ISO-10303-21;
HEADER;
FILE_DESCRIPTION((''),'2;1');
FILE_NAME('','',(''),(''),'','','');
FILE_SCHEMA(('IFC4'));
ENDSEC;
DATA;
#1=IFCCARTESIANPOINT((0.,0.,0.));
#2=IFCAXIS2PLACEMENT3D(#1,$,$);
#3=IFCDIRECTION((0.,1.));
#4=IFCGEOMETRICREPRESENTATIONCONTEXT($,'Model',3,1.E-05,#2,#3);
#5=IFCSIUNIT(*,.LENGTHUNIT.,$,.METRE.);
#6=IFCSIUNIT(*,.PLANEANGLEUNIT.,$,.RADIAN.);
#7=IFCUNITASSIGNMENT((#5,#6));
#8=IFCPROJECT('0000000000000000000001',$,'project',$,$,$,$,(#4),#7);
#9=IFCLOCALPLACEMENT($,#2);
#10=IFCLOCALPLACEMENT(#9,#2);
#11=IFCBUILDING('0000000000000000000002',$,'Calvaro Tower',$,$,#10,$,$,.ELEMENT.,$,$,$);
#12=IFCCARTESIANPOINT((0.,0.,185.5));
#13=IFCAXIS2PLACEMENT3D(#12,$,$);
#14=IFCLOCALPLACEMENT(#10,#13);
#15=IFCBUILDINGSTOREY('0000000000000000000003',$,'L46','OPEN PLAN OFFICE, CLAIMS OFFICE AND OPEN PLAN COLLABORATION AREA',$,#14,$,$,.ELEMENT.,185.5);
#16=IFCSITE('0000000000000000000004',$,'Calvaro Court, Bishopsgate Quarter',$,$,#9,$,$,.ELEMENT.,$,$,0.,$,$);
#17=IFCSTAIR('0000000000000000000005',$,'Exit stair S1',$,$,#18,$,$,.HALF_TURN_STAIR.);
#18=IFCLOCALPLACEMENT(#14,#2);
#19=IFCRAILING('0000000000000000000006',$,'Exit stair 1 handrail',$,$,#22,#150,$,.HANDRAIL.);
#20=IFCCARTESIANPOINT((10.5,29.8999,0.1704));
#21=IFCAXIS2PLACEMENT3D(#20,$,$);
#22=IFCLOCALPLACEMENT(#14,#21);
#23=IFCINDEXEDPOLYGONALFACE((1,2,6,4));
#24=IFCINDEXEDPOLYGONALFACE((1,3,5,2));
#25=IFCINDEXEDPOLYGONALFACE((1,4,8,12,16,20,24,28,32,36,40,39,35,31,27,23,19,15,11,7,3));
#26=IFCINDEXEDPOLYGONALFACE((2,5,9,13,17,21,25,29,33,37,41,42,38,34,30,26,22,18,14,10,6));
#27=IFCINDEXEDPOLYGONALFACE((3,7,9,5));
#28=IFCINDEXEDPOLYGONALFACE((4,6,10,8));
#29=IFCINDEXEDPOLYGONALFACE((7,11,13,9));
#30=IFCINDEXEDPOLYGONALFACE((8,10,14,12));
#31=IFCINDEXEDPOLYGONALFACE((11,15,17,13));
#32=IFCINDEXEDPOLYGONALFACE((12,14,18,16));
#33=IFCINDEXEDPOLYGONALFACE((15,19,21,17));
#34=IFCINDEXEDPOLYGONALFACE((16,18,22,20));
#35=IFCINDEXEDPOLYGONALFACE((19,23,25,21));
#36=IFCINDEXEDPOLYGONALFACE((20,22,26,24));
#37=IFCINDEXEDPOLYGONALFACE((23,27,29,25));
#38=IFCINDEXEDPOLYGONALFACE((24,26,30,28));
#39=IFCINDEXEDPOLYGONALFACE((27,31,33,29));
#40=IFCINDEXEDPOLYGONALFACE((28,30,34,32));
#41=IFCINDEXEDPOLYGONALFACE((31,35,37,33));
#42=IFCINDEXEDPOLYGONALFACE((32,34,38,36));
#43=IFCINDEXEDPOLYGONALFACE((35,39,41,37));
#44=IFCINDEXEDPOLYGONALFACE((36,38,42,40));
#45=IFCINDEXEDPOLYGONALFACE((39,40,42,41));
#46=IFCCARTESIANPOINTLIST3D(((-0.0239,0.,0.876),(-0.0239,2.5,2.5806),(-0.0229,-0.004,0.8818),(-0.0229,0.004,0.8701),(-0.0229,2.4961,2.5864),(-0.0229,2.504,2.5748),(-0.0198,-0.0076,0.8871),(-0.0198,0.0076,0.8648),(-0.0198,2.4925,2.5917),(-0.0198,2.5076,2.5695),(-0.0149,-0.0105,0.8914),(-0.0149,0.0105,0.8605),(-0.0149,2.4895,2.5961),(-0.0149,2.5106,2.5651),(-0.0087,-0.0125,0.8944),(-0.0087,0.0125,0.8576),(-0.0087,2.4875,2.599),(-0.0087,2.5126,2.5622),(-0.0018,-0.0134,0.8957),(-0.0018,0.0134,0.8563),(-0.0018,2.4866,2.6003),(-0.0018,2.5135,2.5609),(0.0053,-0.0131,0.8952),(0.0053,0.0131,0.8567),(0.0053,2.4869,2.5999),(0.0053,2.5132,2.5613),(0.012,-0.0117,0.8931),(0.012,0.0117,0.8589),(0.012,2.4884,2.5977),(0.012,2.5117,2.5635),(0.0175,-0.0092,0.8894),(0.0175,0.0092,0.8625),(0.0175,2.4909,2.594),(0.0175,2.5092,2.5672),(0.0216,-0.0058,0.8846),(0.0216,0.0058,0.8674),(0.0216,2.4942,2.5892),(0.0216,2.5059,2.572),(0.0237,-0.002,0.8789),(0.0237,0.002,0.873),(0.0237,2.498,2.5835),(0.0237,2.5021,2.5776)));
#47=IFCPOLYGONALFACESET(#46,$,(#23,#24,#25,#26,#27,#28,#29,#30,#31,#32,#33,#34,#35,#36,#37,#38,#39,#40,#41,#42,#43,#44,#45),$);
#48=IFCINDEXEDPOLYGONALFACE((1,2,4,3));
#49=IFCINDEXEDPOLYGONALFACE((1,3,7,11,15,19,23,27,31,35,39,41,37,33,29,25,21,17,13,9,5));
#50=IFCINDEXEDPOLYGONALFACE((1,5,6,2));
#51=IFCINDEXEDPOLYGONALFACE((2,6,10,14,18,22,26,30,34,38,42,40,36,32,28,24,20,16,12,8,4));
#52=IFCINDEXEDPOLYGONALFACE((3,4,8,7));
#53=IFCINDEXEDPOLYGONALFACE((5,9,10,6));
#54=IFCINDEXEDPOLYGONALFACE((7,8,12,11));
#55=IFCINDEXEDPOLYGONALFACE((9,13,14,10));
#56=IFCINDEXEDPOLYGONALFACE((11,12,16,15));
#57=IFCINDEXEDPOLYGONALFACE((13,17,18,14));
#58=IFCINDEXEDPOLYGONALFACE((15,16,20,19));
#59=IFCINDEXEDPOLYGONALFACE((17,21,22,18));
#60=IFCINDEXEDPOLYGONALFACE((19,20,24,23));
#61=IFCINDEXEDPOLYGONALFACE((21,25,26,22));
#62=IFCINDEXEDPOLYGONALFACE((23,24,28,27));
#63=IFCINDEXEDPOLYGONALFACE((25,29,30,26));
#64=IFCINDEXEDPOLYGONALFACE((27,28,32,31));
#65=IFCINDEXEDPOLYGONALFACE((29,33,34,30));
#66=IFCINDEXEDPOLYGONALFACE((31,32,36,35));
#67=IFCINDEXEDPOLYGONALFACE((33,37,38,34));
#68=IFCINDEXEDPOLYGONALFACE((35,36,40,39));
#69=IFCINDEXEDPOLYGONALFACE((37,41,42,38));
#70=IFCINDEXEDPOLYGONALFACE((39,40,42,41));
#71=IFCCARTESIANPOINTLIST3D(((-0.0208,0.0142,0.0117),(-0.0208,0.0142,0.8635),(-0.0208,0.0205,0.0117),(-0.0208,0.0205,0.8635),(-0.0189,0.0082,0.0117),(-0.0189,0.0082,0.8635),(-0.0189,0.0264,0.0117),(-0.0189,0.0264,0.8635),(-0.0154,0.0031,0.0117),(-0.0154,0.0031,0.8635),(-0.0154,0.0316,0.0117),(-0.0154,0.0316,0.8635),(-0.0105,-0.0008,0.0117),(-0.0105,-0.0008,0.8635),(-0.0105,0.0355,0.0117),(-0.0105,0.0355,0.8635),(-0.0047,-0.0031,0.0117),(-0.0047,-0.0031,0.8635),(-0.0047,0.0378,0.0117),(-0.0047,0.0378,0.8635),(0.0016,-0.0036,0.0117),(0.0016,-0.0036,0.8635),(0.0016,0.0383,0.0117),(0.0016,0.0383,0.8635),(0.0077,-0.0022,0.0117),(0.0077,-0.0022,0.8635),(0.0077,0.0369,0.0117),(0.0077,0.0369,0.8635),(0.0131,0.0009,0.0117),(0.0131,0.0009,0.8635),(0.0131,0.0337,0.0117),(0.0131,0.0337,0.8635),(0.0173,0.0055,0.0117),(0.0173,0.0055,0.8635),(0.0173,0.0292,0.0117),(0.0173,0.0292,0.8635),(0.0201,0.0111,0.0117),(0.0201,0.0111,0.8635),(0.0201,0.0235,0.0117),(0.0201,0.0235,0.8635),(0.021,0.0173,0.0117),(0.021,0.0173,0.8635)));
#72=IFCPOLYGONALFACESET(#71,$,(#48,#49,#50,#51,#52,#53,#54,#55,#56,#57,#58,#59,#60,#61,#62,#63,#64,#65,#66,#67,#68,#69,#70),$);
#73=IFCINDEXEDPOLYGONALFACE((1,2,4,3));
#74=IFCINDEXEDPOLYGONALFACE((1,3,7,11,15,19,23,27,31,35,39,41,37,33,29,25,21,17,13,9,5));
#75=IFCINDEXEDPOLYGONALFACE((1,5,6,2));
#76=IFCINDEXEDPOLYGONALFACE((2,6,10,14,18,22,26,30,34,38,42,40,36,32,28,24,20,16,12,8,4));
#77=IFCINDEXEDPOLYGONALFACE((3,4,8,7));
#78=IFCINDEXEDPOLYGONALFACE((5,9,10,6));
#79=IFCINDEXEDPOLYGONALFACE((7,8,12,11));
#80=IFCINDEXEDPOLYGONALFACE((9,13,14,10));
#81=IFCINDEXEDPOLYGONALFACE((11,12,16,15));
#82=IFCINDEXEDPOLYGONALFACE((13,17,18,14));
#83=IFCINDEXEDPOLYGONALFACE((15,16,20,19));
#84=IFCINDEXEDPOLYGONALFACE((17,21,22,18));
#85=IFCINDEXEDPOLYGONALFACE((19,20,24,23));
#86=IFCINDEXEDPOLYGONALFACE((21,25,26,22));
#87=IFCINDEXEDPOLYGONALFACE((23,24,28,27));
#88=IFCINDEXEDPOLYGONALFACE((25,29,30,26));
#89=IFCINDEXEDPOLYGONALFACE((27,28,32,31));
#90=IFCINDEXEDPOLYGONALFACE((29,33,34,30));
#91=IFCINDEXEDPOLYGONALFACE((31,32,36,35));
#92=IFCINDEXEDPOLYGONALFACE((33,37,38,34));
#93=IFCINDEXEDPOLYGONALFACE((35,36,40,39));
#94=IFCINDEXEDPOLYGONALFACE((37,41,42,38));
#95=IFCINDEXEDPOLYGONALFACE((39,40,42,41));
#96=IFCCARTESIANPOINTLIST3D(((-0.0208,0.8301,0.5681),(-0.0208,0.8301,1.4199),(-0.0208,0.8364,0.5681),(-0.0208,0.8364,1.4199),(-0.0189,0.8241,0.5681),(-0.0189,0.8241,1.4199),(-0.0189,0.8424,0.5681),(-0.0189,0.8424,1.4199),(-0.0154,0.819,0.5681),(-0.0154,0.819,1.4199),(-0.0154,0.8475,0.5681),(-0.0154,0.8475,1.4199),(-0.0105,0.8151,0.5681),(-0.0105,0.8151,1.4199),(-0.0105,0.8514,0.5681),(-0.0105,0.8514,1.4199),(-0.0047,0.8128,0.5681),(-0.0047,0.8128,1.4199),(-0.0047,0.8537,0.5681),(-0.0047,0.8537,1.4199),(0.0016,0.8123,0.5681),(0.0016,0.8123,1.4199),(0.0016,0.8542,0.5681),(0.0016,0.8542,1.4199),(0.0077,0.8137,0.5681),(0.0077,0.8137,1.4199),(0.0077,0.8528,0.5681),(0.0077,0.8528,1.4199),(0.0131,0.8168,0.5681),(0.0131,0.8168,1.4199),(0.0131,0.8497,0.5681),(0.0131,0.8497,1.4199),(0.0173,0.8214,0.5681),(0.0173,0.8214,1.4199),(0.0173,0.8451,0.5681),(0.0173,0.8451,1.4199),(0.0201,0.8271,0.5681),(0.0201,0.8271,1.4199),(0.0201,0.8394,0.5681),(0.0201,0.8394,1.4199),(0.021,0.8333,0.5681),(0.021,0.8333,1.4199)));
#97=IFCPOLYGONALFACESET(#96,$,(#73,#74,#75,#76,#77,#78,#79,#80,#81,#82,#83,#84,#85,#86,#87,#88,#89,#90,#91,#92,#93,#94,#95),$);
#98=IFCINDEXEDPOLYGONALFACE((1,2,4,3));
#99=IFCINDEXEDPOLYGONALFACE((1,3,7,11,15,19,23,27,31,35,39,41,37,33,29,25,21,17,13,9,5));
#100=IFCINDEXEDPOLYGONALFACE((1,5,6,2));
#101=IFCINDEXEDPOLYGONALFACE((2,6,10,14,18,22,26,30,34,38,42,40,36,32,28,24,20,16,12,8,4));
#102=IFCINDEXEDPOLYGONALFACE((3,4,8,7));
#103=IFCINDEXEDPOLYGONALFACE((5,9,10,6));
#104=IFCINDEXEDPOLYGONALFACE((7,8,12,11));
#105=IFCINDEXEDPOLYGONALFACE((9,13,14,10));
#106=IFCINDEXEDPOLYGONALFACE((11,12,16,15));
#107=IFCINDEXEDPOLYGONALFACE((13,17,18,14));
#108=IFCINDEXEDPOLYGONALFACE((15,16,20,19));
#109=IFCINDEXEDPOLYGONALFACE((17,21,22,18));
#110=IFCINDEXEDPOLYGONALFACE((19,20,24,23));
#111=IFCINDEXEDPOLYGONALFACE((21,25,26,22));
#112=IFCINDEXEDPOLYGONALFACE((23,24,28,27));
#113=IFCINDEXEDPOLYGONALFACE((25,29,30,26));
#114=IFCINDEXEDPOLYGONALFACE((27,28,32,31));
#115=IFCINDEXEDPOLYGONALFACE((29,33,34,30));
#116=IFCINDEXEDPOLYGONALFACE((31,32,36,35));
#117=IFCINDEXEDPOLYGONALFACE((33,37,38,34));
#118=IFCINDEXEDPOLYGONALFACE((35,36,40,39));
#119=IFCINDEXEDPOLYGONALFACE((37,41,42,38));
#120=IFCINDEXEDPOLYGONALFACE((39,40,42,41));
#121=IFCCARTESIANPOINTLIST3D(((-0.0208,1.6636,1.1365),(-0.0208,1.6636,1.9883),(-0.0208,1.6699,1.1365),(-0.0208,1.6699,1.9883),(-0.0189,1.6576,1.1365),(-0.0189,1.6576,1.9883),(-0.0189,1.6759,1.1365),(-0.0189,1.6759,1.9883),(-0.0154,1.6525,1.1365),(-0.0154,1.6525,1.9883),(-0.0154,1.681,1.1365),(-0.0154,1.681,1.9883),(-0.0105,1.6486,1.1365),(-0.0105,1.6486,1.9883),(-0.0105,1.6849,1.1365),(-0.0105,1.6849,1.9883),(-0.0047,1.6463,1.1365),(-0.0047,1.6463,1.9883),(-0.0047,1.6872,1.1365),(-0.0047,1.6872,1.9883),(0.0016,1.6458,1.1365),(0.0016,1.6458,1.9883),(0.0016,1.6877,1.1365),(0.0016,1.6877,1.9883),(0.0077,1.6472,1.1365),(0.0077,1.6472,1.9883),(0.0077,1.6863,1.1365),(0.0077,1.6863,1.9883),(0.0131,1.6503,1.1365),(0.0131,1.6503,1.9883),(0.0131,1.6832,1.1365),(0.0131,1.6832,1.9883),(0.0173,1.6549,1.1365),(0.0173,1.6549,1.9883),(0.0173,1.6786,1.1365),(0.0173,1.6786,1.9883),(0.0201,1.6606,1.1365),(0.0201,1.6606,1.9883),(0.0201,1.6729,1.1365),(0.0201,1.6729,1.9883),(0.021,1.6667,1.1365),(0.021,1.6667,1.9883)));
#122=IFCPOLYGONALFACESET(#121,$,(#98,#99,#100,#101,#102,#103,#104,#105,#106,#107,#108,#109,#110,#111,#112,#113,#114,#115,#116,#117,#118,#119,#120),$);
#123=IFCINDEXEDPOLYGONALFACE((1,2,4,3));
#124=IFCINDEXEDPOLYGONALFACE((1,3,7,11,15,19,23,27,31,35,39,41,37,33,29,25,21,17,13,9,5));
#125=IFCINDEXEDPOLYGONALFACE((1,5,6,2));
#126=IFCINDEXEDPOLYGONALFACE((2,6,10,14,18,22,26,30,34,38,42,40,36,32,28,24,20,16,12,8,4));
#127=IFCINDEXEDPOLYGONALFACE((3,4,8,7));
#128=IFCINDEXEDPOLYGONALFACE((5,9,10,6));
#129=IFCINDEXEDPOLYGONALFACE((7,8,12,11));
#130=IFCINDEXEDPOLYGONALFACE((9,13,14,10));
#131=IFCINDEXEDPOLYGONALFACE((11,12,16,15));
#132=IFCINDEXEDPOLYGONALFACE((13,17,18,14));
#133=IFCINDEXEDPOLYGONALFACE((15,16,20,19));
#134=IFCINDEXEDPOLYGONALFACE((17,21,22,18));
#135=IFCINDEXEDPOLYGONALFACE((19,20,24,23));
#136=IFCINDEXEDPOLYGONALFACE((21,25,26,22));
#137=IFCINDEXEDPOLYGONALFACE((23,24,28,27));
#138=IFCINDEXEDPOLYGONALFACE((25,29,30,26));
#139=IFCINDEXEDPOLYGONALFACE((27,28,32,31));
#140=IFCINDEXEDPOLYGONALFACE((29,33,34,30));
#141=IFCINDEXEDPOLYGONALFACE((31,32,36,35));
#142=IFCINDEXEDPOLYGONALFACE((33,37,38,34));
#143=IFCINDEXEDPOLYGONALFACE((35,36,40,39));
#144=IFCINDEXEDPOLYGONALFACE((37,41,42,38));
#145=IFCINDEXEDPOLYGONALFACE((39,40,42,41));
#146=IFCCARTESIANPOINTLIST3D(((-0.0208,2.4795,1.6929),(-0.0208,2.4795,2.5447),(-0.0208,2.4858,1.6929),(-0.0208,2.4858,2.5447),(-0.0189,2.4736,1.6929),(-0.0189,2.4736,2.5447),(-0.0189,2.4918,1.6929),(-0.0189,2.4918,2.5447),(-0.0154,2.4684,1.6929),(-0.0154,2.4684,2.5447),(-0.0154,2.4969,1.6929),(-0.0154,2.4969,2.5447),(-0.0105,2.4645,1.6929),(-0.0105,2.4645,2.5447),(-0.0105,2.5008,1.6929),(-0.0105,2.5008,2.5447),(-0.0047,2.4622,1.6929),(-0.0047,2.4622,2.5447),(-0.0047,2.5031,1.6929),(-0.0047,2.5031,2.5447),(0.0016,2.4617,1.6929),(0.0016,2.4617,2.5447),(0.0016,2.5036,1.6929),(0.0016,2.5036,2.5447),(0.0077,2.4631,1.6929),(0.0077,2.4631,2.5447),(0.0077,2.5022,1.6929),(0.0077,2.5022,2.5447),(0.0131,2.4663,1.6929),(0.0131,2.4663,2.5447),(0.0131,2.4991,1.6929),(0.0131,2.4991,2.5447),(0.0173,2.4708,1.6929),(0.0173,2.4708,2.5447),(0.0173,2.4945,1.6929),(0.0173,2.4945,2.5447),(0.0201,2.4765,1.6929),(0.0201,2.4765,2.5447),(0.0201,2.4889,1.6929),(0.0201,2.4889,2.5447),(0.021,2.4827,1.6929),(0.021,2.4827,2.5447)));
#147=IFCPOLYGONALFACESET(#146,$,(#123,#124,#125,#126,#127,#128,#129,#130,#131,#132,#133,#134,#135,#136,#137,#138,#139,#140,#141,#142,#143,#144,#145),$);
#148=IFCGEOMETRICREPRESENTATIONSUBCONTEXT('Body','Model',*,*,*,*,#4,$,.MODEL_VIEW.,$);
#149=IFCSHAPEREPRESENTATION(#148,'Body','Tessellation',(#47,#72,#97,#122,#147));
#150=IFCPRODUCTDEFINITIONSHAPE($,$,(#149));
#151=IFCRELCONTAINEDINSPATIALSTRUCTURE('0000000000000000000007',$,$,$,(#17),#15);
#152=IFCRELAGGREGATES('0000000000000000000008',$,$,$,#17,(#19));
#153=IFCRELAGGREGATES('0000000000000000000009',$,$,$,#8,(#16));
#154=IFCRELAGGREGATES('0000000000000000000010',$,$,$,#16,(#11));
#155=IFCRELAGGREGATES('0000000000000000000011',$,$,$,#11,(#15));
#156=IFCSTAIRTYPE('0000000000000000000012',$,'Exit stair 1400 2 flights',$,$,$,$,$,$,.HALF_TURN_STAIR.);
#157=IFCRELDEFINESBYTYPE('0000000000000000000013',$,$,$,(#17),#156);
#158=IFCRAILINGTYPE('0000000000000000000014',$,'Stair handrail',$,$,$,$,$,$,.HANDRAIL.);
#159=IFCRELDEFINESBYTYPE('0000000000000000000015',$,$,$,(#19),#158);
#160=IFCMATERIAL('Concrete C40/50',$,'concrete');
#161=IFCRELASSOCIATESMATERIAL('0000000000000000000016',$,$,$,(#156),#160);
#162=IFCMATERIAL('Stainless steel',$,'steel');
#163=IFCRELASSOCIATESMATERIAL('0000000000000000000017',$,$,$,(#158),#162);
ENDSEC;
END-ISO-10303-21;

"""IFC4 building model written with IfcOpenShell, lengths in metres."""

from ifc_helpers import new_model, si_unit, direction, frame, origin, origin_2d, place, context, subcontext, project, spatial, circle, extrude, material, type_object, element, aggregate, save


model = new_model("IFC4")

# Units and contexts
model_context = context("Model", 3, precision=1e-05, world=origin(), true_north=direction((0.0, 1.0)))
body_context = subcontext(model_context, "Body", "Model", "MODEL_VIEW")
ifc_project = project(units=[si_unit("LENGTHUNIT", "METRE"), si_unit("PLANEANGLEUNIT", "RADIAN")], contexts=[model_context])

# Site, building, storey
site_placement = place(None, origin())
site = spatial("IfcSite", under=ifc_project, at=site_placement, Name="Calvaro Court, Bishopsgate Quarter", CompositionType="ELEMENT", RefElevation=0.0)
building_placement = place(site_placement, origin())
building = spatial("IfcBuilding", under=site, at=building_placement, Name="Calvaro Tower", CompositionType="ELEMENT")
storey_placement = place(building_placement, frame((0.0, 0.0, 185.5)))
storey = spatial("IfcBuildingStorey", under=building, at=storey_placement, Name="L46", Description="OPEN PLAN OFFICE, CLAIMS OFFICE AND OPEN PLAN COLLABORATION AREA", CompositionType="ELEMENT", Elevation=185.5)

# Stair, railing
ifc_material_1 = material(Name="Concrete C40/50", Category="concrete")
stair_type = type_object("IfcStairType", Name="Exit stair 1400 2 flights", PredefinedType="HALF_TURN_STAIR", material=ifc_material_1)
stair_placement = place(storey_placement, origin())
stair = element("IfcStair", 1, at=stair_placement, inside=storey, type_object=stair_type, Name="Exit stair S1", PredefinedType="HALF_TURN_STAIR")
ifc_material_2 = material(Name="Stainless steel", Category="steel")
railing_type = type_object("IfcRailingType", Name="Stair handrail", PredefinedType="HANDRAIL", material=ifc_material_2)
railing_1_placement = place(storey_placement, frame((10.5, 29.8999, 0.1704)))
railing_1 = element("IfcRailing", 2, at=railing_1_placement, type_object=railing_type, Name="Exit stair 1 handrail", PredefinedType="HANDRAIL", context=body_context, shape_type="SweptSolid", body=[
    extrude(circle(Radius=0.0239, at=origin_2d()), frame((0.0, 0.0, 0.876), z_axis=(0.0, 0.826221, 0.563347), x_axis=(-1.0, 0.0, 0.0)), (0.0, 0.0, 1.0), 3.0259),
    extrude(circle(Radius=0.021, at=origin_2d()), frame((0.0, 0.0173, 0.0117)), (0.0, 0.0, 1.0), 0.8518),
    extrude(circle(Radius=0.021, at=origin_2d()), frame((0.0, 0.8333, 0.5681)), (0.0, 0.0, 1.0), 0.8518),
    extrude(circle(Radius=0.021, at=origin_2d()), frame((0.0, 1.6667, 1.1365)), (0.0, 0.0, 1.0), 0.8518),
    extrude(circle(Radius=0.021, at=origin_2d()), frame((0.0, 2.4827, 1.6929)), (0.0, 0.0, 1.0), 0.8518),
])
aggregate(stair, [railing_1])

save(model, "model.ifc")
